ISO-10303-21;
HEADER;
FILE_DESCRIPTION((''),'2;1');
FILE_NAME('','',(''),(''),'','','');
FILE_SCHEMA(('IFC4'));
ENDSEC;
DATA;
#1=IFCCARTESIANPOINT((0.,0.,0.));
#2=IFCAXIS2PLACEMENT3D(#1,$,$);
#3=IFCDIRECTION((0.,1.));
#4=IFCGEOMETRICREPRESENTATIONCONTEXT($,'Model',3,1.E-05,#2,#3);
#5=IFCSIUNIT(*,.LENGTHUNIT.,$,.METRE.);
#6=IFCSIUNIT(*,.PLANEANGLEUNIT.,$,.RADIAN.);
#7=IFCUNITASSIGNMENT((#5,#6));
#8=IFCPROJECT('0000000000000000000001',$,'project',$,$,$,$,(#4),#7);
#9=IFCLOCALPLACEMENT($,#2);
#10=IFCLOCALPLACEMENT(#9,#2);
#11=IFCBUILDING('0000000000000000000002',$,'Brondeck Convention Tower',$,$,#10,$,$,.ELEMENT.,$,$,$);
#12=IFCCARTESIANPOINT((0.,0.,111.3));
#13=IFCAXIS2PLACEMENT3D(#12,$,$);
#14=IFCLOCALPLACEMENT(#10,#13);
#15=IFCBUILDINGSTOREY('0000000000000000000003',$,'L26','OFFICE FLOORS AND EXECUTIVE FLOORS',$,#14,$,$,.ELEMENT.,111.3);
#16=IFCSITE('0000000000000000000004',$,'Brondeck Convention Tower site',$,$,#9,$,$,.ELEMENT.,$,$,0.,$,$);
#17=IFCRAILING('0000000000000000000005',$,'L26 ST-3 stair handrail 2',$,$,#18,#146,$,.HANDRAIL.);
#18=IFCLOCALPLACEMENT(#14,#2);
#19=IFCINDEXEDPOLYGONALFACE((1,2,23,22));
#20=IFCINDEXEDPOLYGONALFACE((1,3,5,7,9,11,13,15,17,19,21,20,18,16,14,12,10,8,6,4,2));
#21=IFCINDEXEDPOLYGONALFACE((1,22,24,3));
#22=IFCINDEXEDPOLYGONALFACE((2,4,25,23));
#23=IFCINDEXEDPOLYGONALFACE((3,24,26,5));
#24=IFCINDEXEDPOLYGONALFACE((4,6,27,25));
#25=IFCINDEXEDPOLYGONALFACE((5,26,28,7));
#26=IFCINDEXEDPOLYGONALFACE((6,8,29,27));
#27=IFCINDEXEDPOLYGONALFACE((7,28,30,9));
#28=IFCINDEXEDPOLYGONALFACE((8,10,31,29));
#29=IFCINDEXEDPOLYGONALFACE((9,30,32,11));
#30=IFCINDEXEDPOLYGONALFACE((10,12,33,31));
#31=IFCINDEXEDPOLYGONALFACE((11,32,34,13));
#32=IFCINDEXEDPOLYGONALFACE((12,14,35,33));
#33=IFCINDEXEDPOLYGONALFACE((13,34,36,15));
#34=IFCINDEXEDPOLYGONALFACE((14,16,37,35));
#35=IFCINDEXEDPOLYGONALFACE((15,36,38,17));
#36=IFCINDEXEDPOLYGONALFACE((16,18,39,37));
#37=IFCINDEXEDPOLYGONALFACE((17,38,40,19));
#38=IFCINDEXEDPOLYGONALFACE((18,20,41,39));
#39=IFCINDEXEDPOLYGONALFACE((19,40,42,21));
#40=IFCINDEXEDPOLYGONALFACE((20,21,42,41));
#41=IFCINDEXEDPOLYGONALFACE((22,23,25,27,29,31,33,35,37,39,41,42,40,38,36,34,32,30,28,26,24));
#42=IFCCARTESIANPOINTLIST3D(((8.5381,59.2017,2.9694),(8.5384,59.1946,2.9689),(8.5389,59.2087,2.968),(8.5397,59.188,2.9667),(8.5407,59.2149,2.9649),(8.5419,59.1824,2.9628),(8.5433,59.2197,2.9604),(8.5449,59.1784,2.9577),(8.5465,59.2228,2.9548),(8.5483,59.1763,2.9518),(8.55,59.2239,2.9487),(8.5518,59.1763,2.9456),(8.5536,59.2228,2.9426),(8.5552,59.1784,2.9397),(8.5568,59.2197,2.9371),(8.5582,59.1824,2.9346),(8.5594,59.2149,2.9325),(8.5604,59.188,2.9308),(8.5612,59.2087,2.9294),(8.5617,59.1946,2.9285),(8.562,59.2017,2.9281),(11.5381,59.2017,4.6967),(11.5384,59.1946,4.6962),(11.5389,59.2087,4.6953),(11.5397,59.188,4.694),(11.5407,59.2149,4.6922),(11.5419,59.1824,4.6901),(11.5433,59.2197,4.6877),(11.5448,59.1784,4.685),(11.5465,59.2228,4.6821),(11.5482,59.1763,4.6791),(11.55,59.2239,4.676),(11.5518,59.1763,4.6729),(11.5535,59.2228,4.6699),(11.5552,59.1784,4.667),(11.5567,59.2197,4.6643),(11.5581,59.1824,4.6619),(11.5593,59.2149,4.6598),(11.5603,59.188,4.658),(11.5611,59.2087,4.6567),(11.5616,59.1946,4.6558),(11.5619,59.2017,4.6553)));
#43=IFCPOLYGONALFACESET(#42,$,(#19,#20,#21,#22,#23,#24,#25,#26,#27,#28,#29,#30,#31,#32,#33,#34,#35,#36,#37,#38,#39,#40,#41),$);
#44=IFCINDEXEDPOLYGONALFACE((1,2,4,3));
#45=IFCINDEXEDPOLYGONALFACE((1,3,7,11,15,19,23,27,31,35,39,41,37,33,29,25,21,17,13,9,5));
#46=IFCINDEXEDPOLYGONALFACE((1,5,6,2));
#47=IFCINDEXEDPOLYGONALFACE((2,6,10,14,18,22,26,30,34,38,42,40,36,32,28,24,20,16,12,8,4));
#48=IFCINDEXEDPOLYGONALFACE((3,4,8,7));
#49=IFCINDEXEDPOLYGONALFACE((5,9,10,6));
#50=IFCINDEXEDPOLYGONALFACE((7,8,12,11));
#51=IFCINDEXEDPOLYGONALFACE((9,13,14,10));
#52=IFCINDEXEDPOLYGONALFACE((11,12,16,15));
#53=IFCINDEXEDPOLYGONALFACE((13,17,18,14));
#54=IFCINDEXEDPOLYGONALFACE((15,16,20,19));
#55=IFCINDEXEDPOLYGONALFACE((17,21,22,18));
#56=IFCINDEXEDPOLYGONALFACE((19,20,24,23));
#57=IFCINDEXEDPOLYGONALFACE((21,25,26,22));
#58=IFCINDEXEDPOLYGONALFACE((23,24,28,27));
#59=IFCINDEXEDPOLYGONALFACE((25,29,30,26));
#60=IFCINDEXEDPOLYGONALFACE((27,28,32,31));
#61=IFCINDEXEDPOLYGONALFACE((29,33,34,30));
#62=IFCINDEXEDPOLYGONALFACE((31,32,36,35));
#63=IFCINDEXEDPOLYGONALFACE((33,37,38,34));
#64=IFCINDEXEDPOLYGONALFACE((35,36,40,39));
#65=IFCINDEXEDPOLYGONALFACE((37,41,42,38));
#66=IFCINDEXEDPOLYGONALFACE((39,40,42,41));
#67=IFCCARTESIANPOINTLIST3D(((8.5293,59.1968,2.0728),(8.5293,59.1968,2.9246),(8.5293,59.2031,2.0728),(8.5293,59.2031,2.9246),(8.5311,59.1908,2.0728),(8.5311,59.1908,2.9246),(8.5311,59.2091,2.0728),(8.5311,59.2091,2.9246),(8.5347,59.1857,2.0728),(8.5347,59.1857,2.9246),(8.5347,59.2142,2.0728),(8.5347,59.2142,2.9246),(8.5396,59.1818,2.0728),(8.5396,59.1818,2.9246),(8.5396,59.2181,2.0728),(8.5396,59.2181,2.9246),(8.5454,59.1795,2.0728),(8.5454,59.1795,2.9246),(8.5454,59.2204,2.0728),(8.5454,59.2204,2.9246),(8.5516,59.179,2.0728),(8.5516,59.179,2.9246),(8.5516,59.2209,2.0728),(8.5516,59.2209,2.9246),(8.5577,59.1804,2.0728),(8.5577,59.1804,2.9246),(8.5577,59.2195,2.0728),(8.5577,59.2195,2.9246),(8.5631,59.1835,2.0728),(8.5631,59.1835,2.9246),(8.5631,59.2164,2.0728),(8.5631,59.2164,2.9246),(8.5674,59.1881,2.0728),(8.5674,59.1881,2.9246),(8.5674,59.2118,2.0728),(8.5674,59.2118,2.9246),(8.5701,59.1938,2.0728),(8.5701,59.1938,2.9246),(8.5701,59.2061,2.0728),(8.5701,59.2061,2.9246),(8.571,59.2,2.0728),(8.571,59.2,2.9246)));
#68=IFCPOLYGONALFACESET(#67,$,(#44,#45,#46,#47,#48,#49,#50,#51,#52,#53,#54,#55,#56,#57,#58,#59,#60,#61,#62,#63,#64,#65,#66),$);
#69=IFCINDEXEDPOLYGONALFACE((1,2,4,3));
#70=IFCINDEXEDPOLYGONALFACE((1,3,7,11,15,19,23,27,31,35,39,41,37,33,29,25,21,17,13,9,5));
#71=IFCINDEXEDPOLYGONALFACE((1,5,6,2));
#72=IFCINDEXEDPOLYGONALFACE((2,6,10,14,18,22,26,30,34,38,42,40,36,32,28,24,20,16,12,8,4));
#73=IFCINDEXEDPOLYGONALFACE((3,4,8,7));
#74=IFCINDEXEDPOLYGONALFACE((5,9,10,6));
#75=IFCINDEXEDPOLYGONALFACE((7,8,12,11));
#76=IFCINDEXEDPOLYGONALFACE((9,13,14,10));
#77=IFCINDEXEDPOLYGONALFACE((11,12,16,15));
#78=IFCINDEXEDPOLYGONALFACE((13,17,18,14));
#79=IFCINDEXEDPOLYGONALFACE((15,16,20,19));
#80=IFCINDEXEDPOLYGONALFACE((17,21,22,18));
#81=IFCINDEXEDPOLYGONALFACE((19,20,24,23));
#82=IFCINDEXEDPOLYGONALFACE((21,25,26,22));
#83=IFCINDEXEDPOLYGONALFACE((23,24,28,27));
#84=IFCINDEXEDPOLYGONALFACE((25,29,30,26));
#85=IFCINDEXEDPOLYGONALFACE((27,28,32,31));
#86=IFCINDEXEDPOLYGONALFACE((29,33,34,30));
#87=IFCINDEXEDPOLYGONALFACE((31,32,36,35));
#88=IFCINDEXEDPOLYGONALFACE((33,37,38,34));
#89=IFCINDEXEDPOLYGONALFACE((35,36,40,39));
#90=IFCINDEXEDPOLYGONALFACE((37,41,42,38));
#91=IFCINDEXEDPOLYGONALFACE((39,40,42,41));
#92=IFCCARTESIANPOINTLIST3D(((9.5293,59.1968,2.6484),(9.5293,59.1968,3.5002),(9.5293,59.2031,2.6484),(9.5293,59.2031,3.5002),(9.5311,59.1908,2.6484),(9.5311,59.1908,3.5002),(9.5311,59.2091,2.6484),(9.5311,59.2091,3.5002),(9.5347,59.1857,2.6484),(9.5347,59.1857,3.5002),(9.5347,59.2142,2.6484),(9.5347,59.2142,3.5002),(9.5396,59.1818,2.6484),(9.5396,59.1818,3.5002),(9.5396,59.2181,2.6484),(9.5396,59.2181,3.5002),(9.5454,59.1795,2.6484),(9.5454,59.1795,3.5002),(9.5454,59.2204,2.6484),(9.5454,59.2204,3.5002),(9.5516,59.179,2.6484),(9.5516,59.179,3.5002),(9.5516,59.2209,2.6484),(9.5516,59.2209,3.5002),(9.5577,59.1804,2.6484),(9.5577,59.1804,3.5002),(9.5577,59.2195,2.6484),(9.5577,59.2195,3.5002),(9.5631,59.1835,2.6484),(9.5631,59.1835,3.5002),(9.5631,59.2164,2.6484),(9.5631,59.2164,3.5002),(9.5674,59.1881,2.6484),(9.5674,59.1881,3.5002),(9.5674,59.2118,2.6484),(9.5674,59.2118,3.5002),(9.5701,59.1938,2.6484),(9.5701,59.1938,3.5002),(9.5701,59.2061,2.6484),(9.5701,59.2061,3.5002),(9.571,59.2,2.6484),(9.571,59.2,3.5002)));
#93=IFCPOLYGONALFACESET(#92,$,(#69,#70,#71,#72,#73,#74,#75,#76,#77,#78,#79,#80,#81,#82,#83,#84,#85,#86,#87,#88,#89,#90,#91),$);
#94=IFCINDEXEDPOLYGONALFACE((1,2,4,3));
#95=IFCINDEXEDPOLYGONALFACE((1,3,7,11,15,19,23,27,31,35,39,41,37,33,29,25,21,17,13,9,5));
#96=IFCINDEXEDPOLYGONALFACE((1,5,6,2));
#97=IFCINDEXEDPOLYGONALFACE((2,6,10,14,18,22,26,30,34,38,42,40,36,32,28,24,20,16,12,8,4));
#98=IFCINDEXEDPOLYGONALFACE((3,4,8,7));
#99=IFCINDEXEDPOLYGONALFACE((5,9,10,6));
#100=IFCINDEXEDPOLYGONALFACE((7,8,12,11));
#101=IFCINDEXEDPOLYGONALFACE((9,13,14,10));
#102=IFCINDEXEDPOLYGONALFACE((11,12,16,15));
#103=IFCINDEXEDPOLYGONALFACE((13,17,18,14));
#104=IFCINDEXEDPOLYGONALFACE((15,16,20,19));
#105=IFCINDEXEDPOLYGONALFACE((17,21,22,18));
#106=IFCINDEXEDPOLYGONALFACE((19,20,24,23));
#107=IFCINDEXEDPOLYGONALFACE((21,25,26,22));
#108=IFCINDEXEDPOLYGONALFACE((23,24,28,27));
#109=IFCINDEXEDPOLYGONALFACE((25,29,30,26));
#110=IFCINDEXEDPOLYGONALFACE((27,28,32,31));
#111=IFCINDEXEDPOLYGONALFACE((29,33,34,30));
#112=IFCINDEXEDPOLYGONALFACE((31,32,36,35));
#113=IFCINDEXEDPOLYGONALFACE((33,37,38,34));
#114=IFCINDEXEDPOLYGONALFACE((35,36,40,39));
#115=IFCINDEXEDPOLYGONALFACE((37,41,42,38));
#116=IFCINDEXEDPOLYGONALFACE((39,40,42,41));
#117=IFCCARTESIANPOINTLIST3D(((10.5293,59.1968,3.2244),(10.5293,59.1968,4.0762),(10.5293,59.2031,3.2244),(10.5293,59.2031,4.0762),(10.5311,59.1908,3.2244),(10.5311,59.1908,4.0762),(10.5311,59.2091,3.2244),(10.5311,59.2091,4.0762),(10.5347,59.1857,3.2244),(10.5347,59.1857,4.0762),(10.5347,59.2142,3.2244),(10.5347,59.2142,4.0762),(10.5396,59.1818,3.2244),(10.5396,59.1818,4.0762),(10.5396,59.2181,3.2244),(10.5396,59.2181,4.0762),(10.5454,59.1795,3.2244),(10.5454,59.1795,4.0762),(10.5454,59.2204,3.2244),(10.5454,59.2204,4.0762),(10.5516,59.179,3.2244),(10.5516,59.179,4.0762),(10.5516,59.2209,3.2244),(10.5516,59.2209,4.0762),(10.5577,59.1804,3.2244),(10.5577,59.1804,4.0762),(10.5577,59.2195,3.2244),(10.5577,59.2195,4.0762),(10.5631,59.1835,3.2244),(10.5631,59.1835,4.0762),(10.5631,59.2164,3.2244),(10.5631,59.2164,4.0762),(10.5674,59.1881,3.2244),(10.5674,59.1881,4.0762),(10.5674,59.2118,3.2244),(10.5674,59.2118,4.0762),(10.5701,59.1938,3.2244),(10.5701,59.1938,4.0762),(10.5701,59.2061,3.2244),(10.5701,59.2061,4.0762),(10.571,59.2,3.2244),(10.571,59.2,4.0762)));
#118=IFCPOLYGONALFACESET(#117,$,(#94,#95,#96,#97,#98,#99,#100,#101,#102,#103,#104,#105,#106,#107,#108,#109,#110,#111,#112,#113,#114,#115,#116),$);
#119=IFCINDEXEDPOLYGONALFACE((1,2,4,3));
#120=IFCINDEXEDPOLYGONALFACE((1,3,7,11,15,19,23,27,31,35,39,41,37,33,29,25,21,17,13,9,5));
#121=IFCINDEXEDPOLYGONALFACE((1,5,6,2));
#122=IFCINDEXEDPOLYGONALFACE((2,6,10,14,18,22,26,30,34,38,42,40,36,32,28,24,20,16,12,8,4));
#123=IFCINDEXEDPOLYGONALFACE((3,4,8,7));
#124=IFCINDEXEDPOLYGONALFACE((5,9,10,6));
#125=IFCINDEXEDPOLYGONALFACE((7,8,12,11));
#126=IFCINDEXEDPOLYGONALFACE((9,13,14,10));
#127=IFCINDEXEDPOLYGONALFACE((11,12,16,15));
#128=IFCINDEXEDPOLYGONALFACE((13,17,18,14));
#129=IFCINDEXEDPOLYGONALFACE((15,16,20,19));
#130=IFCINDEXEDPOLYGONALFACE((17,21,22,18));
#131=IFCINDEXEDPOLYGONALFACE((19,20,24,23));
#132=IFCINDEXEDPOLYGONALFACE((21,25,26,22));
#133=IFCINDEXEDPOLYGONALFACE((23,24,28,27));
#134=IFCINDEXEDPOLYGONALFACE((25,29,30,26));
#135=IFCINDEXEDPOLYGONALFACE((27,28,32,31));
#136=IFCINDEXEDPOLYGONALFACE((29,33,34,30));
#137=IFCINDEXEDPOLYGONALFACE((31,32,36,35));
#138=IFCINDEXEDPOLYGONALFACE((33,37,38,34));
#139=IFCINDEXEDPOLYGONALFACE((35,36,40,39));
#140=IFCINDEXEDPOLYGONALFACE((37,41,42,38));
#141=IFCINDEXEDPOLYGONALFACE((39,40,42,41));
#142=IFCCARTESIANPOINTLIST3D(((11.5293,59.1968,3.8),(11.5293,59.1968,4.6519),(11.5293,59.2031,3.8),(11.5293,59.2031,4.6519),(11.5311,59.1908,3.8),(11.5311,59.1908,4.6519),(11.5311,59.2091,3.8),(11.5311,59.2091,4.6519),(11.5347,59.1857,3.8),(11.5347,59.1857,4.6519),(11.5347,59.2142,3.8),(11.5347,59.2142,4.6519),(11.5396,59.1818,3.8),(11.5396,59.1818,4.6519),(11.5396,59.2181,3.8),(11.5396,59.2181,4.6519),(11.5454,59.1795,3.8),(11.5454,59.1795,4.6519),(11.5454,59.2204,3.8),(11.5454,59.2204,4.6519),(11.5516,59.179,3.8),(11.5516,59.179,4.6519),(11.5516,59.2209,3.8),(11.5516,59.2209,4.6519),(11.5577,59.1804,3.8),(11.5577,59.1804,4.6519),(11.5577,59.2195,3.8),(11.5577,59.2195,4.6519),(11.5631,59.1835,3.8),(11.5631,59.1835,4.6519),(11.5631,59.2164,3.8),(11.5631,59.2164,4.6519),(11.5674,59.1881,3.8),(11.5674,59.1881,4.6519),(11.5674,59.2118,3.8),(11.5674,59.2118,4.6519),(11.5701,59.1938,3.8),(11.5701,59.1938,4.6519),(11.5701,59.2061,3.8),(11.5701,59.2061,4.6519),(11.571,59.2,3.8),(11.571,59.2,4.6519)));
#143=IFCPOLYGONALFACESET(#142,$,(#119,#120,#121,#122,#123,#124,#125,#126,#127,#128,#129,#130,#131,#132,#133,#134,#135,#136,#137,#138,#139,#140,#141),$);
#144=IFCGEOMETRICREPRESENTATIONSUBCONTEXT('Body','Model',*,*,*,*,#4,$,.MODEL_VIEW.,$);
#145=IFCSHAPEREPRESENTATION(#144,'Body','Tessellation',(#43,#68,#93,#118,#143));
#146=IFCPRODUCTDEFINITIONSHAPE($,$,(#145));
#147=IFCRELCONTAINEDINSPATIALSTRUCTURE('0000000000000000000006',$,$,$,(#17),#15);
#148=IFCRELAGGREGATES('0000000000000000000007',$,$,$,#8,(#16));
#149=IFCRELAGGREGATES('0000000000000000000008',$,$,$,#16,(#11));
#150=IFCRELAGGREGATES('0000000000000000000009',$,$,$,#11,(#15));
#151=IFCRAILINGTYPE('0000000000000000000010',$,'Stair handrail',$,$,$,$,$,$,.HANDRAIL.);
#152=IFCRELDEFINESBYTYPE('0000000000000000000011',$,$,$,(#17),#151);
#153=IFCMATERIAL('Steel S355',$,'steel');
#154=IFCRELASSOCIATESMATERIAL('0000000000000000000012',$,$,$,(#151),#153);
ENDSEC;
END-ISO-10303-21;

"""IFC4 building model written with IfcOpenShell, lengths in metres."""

from ifc_helpers import new_model, si_unit, direction, frame, origin, origin_2d, place, context, subcontext, project, spatial, circle, extrude, material, type_object, element, save


model = new_model("IFC4")

# Units and contexts
model_context = context("Model", 3, precision=1e-05, world=origin(), true_north=direction((0.0, 1.0)))
body_context = subcontext(model_context, "Body", "Model", "MODEL_VIEW")
ifc_project = project(units=[si_unit("LENGTHUNIT", "METRE"), si_unit("PLANEANGLEUNIT", "RADIAN")], contexts=[model_context])

# Site, building, storey
site_placement = place(None, origin())
site = spatial("IfcSite", under=ifc_project, at=site_placement, Name="Brondeck Convention Tower site", CompositionType="ELEMENT", RefElevation=0.0)
building_placement = place(site_placement, origin())
building = spatial("IfcBuilding", under=site, at=building_placement, Name="Brondeck Convention Tower", CompositionType="ELEMENT")
storey_placement = place(building_placement, frame((0.0, 0.0, 111.3)))
storey = spatial("IfcBuildingStorey", under=building, at=storey_placement, Name="L26", Description="OFFICE FLOORS AND EXECUTIVE FLOORS", CompositionType="ELEMENT", Elevation=111.3)

# Railing
ifc_material_1 = material(Name="Steel S355", Category="steel")
railing_type_1 = type_object("IfcRailingType", Name="Stair handrail", PredefinedType="HANDRAIL", material=ifc_material_1)
railing_1_placement = place(storey_placement, frame((8.55, 59.2, 2.0728)))
element("IfcRailing", 1, at=railing_1_placement, inside=storey, type_object=railing_type_1, Name="L26 ST-3 stair handrail 2", PredefinedType="HANDRAIL", context=body_context, shape_type="SweptSolid", body=[
    extrude(circle(Radius=0.0239, at=origin_2d()), frame((0.0, 0.0, 0.876), z_axis=(0.86662, 0.0, 0.498969), x_axis=(0.0, 1.0, 0.0)), (0.0, 0.0, 1.0), 3.4617),
    extrude(circle(Radius=0.021, at=origin_2d()), origin(), (0.0, 0.0, 1.0), 0.8518),
    extrude(circle(Radius=0.021, at=origin_2d()), frame((1.0, 0.0, 0.5757)), (0.0, 0.0, 1.0), 0.8518),
    extrude(circle(Radius=0.021, at=origin_2d()), frame((2.0, 0.0, 1.1516)), (0.0, 0.0, 1.0), 0.8518),
    extrude(circle(Radius=0.021, at=origin_2d()), frame((3.0, 0.0, 1.7273)), (0.0, 0.0, 1.0), 0.8518),
])

save(model, "model.ifc")
